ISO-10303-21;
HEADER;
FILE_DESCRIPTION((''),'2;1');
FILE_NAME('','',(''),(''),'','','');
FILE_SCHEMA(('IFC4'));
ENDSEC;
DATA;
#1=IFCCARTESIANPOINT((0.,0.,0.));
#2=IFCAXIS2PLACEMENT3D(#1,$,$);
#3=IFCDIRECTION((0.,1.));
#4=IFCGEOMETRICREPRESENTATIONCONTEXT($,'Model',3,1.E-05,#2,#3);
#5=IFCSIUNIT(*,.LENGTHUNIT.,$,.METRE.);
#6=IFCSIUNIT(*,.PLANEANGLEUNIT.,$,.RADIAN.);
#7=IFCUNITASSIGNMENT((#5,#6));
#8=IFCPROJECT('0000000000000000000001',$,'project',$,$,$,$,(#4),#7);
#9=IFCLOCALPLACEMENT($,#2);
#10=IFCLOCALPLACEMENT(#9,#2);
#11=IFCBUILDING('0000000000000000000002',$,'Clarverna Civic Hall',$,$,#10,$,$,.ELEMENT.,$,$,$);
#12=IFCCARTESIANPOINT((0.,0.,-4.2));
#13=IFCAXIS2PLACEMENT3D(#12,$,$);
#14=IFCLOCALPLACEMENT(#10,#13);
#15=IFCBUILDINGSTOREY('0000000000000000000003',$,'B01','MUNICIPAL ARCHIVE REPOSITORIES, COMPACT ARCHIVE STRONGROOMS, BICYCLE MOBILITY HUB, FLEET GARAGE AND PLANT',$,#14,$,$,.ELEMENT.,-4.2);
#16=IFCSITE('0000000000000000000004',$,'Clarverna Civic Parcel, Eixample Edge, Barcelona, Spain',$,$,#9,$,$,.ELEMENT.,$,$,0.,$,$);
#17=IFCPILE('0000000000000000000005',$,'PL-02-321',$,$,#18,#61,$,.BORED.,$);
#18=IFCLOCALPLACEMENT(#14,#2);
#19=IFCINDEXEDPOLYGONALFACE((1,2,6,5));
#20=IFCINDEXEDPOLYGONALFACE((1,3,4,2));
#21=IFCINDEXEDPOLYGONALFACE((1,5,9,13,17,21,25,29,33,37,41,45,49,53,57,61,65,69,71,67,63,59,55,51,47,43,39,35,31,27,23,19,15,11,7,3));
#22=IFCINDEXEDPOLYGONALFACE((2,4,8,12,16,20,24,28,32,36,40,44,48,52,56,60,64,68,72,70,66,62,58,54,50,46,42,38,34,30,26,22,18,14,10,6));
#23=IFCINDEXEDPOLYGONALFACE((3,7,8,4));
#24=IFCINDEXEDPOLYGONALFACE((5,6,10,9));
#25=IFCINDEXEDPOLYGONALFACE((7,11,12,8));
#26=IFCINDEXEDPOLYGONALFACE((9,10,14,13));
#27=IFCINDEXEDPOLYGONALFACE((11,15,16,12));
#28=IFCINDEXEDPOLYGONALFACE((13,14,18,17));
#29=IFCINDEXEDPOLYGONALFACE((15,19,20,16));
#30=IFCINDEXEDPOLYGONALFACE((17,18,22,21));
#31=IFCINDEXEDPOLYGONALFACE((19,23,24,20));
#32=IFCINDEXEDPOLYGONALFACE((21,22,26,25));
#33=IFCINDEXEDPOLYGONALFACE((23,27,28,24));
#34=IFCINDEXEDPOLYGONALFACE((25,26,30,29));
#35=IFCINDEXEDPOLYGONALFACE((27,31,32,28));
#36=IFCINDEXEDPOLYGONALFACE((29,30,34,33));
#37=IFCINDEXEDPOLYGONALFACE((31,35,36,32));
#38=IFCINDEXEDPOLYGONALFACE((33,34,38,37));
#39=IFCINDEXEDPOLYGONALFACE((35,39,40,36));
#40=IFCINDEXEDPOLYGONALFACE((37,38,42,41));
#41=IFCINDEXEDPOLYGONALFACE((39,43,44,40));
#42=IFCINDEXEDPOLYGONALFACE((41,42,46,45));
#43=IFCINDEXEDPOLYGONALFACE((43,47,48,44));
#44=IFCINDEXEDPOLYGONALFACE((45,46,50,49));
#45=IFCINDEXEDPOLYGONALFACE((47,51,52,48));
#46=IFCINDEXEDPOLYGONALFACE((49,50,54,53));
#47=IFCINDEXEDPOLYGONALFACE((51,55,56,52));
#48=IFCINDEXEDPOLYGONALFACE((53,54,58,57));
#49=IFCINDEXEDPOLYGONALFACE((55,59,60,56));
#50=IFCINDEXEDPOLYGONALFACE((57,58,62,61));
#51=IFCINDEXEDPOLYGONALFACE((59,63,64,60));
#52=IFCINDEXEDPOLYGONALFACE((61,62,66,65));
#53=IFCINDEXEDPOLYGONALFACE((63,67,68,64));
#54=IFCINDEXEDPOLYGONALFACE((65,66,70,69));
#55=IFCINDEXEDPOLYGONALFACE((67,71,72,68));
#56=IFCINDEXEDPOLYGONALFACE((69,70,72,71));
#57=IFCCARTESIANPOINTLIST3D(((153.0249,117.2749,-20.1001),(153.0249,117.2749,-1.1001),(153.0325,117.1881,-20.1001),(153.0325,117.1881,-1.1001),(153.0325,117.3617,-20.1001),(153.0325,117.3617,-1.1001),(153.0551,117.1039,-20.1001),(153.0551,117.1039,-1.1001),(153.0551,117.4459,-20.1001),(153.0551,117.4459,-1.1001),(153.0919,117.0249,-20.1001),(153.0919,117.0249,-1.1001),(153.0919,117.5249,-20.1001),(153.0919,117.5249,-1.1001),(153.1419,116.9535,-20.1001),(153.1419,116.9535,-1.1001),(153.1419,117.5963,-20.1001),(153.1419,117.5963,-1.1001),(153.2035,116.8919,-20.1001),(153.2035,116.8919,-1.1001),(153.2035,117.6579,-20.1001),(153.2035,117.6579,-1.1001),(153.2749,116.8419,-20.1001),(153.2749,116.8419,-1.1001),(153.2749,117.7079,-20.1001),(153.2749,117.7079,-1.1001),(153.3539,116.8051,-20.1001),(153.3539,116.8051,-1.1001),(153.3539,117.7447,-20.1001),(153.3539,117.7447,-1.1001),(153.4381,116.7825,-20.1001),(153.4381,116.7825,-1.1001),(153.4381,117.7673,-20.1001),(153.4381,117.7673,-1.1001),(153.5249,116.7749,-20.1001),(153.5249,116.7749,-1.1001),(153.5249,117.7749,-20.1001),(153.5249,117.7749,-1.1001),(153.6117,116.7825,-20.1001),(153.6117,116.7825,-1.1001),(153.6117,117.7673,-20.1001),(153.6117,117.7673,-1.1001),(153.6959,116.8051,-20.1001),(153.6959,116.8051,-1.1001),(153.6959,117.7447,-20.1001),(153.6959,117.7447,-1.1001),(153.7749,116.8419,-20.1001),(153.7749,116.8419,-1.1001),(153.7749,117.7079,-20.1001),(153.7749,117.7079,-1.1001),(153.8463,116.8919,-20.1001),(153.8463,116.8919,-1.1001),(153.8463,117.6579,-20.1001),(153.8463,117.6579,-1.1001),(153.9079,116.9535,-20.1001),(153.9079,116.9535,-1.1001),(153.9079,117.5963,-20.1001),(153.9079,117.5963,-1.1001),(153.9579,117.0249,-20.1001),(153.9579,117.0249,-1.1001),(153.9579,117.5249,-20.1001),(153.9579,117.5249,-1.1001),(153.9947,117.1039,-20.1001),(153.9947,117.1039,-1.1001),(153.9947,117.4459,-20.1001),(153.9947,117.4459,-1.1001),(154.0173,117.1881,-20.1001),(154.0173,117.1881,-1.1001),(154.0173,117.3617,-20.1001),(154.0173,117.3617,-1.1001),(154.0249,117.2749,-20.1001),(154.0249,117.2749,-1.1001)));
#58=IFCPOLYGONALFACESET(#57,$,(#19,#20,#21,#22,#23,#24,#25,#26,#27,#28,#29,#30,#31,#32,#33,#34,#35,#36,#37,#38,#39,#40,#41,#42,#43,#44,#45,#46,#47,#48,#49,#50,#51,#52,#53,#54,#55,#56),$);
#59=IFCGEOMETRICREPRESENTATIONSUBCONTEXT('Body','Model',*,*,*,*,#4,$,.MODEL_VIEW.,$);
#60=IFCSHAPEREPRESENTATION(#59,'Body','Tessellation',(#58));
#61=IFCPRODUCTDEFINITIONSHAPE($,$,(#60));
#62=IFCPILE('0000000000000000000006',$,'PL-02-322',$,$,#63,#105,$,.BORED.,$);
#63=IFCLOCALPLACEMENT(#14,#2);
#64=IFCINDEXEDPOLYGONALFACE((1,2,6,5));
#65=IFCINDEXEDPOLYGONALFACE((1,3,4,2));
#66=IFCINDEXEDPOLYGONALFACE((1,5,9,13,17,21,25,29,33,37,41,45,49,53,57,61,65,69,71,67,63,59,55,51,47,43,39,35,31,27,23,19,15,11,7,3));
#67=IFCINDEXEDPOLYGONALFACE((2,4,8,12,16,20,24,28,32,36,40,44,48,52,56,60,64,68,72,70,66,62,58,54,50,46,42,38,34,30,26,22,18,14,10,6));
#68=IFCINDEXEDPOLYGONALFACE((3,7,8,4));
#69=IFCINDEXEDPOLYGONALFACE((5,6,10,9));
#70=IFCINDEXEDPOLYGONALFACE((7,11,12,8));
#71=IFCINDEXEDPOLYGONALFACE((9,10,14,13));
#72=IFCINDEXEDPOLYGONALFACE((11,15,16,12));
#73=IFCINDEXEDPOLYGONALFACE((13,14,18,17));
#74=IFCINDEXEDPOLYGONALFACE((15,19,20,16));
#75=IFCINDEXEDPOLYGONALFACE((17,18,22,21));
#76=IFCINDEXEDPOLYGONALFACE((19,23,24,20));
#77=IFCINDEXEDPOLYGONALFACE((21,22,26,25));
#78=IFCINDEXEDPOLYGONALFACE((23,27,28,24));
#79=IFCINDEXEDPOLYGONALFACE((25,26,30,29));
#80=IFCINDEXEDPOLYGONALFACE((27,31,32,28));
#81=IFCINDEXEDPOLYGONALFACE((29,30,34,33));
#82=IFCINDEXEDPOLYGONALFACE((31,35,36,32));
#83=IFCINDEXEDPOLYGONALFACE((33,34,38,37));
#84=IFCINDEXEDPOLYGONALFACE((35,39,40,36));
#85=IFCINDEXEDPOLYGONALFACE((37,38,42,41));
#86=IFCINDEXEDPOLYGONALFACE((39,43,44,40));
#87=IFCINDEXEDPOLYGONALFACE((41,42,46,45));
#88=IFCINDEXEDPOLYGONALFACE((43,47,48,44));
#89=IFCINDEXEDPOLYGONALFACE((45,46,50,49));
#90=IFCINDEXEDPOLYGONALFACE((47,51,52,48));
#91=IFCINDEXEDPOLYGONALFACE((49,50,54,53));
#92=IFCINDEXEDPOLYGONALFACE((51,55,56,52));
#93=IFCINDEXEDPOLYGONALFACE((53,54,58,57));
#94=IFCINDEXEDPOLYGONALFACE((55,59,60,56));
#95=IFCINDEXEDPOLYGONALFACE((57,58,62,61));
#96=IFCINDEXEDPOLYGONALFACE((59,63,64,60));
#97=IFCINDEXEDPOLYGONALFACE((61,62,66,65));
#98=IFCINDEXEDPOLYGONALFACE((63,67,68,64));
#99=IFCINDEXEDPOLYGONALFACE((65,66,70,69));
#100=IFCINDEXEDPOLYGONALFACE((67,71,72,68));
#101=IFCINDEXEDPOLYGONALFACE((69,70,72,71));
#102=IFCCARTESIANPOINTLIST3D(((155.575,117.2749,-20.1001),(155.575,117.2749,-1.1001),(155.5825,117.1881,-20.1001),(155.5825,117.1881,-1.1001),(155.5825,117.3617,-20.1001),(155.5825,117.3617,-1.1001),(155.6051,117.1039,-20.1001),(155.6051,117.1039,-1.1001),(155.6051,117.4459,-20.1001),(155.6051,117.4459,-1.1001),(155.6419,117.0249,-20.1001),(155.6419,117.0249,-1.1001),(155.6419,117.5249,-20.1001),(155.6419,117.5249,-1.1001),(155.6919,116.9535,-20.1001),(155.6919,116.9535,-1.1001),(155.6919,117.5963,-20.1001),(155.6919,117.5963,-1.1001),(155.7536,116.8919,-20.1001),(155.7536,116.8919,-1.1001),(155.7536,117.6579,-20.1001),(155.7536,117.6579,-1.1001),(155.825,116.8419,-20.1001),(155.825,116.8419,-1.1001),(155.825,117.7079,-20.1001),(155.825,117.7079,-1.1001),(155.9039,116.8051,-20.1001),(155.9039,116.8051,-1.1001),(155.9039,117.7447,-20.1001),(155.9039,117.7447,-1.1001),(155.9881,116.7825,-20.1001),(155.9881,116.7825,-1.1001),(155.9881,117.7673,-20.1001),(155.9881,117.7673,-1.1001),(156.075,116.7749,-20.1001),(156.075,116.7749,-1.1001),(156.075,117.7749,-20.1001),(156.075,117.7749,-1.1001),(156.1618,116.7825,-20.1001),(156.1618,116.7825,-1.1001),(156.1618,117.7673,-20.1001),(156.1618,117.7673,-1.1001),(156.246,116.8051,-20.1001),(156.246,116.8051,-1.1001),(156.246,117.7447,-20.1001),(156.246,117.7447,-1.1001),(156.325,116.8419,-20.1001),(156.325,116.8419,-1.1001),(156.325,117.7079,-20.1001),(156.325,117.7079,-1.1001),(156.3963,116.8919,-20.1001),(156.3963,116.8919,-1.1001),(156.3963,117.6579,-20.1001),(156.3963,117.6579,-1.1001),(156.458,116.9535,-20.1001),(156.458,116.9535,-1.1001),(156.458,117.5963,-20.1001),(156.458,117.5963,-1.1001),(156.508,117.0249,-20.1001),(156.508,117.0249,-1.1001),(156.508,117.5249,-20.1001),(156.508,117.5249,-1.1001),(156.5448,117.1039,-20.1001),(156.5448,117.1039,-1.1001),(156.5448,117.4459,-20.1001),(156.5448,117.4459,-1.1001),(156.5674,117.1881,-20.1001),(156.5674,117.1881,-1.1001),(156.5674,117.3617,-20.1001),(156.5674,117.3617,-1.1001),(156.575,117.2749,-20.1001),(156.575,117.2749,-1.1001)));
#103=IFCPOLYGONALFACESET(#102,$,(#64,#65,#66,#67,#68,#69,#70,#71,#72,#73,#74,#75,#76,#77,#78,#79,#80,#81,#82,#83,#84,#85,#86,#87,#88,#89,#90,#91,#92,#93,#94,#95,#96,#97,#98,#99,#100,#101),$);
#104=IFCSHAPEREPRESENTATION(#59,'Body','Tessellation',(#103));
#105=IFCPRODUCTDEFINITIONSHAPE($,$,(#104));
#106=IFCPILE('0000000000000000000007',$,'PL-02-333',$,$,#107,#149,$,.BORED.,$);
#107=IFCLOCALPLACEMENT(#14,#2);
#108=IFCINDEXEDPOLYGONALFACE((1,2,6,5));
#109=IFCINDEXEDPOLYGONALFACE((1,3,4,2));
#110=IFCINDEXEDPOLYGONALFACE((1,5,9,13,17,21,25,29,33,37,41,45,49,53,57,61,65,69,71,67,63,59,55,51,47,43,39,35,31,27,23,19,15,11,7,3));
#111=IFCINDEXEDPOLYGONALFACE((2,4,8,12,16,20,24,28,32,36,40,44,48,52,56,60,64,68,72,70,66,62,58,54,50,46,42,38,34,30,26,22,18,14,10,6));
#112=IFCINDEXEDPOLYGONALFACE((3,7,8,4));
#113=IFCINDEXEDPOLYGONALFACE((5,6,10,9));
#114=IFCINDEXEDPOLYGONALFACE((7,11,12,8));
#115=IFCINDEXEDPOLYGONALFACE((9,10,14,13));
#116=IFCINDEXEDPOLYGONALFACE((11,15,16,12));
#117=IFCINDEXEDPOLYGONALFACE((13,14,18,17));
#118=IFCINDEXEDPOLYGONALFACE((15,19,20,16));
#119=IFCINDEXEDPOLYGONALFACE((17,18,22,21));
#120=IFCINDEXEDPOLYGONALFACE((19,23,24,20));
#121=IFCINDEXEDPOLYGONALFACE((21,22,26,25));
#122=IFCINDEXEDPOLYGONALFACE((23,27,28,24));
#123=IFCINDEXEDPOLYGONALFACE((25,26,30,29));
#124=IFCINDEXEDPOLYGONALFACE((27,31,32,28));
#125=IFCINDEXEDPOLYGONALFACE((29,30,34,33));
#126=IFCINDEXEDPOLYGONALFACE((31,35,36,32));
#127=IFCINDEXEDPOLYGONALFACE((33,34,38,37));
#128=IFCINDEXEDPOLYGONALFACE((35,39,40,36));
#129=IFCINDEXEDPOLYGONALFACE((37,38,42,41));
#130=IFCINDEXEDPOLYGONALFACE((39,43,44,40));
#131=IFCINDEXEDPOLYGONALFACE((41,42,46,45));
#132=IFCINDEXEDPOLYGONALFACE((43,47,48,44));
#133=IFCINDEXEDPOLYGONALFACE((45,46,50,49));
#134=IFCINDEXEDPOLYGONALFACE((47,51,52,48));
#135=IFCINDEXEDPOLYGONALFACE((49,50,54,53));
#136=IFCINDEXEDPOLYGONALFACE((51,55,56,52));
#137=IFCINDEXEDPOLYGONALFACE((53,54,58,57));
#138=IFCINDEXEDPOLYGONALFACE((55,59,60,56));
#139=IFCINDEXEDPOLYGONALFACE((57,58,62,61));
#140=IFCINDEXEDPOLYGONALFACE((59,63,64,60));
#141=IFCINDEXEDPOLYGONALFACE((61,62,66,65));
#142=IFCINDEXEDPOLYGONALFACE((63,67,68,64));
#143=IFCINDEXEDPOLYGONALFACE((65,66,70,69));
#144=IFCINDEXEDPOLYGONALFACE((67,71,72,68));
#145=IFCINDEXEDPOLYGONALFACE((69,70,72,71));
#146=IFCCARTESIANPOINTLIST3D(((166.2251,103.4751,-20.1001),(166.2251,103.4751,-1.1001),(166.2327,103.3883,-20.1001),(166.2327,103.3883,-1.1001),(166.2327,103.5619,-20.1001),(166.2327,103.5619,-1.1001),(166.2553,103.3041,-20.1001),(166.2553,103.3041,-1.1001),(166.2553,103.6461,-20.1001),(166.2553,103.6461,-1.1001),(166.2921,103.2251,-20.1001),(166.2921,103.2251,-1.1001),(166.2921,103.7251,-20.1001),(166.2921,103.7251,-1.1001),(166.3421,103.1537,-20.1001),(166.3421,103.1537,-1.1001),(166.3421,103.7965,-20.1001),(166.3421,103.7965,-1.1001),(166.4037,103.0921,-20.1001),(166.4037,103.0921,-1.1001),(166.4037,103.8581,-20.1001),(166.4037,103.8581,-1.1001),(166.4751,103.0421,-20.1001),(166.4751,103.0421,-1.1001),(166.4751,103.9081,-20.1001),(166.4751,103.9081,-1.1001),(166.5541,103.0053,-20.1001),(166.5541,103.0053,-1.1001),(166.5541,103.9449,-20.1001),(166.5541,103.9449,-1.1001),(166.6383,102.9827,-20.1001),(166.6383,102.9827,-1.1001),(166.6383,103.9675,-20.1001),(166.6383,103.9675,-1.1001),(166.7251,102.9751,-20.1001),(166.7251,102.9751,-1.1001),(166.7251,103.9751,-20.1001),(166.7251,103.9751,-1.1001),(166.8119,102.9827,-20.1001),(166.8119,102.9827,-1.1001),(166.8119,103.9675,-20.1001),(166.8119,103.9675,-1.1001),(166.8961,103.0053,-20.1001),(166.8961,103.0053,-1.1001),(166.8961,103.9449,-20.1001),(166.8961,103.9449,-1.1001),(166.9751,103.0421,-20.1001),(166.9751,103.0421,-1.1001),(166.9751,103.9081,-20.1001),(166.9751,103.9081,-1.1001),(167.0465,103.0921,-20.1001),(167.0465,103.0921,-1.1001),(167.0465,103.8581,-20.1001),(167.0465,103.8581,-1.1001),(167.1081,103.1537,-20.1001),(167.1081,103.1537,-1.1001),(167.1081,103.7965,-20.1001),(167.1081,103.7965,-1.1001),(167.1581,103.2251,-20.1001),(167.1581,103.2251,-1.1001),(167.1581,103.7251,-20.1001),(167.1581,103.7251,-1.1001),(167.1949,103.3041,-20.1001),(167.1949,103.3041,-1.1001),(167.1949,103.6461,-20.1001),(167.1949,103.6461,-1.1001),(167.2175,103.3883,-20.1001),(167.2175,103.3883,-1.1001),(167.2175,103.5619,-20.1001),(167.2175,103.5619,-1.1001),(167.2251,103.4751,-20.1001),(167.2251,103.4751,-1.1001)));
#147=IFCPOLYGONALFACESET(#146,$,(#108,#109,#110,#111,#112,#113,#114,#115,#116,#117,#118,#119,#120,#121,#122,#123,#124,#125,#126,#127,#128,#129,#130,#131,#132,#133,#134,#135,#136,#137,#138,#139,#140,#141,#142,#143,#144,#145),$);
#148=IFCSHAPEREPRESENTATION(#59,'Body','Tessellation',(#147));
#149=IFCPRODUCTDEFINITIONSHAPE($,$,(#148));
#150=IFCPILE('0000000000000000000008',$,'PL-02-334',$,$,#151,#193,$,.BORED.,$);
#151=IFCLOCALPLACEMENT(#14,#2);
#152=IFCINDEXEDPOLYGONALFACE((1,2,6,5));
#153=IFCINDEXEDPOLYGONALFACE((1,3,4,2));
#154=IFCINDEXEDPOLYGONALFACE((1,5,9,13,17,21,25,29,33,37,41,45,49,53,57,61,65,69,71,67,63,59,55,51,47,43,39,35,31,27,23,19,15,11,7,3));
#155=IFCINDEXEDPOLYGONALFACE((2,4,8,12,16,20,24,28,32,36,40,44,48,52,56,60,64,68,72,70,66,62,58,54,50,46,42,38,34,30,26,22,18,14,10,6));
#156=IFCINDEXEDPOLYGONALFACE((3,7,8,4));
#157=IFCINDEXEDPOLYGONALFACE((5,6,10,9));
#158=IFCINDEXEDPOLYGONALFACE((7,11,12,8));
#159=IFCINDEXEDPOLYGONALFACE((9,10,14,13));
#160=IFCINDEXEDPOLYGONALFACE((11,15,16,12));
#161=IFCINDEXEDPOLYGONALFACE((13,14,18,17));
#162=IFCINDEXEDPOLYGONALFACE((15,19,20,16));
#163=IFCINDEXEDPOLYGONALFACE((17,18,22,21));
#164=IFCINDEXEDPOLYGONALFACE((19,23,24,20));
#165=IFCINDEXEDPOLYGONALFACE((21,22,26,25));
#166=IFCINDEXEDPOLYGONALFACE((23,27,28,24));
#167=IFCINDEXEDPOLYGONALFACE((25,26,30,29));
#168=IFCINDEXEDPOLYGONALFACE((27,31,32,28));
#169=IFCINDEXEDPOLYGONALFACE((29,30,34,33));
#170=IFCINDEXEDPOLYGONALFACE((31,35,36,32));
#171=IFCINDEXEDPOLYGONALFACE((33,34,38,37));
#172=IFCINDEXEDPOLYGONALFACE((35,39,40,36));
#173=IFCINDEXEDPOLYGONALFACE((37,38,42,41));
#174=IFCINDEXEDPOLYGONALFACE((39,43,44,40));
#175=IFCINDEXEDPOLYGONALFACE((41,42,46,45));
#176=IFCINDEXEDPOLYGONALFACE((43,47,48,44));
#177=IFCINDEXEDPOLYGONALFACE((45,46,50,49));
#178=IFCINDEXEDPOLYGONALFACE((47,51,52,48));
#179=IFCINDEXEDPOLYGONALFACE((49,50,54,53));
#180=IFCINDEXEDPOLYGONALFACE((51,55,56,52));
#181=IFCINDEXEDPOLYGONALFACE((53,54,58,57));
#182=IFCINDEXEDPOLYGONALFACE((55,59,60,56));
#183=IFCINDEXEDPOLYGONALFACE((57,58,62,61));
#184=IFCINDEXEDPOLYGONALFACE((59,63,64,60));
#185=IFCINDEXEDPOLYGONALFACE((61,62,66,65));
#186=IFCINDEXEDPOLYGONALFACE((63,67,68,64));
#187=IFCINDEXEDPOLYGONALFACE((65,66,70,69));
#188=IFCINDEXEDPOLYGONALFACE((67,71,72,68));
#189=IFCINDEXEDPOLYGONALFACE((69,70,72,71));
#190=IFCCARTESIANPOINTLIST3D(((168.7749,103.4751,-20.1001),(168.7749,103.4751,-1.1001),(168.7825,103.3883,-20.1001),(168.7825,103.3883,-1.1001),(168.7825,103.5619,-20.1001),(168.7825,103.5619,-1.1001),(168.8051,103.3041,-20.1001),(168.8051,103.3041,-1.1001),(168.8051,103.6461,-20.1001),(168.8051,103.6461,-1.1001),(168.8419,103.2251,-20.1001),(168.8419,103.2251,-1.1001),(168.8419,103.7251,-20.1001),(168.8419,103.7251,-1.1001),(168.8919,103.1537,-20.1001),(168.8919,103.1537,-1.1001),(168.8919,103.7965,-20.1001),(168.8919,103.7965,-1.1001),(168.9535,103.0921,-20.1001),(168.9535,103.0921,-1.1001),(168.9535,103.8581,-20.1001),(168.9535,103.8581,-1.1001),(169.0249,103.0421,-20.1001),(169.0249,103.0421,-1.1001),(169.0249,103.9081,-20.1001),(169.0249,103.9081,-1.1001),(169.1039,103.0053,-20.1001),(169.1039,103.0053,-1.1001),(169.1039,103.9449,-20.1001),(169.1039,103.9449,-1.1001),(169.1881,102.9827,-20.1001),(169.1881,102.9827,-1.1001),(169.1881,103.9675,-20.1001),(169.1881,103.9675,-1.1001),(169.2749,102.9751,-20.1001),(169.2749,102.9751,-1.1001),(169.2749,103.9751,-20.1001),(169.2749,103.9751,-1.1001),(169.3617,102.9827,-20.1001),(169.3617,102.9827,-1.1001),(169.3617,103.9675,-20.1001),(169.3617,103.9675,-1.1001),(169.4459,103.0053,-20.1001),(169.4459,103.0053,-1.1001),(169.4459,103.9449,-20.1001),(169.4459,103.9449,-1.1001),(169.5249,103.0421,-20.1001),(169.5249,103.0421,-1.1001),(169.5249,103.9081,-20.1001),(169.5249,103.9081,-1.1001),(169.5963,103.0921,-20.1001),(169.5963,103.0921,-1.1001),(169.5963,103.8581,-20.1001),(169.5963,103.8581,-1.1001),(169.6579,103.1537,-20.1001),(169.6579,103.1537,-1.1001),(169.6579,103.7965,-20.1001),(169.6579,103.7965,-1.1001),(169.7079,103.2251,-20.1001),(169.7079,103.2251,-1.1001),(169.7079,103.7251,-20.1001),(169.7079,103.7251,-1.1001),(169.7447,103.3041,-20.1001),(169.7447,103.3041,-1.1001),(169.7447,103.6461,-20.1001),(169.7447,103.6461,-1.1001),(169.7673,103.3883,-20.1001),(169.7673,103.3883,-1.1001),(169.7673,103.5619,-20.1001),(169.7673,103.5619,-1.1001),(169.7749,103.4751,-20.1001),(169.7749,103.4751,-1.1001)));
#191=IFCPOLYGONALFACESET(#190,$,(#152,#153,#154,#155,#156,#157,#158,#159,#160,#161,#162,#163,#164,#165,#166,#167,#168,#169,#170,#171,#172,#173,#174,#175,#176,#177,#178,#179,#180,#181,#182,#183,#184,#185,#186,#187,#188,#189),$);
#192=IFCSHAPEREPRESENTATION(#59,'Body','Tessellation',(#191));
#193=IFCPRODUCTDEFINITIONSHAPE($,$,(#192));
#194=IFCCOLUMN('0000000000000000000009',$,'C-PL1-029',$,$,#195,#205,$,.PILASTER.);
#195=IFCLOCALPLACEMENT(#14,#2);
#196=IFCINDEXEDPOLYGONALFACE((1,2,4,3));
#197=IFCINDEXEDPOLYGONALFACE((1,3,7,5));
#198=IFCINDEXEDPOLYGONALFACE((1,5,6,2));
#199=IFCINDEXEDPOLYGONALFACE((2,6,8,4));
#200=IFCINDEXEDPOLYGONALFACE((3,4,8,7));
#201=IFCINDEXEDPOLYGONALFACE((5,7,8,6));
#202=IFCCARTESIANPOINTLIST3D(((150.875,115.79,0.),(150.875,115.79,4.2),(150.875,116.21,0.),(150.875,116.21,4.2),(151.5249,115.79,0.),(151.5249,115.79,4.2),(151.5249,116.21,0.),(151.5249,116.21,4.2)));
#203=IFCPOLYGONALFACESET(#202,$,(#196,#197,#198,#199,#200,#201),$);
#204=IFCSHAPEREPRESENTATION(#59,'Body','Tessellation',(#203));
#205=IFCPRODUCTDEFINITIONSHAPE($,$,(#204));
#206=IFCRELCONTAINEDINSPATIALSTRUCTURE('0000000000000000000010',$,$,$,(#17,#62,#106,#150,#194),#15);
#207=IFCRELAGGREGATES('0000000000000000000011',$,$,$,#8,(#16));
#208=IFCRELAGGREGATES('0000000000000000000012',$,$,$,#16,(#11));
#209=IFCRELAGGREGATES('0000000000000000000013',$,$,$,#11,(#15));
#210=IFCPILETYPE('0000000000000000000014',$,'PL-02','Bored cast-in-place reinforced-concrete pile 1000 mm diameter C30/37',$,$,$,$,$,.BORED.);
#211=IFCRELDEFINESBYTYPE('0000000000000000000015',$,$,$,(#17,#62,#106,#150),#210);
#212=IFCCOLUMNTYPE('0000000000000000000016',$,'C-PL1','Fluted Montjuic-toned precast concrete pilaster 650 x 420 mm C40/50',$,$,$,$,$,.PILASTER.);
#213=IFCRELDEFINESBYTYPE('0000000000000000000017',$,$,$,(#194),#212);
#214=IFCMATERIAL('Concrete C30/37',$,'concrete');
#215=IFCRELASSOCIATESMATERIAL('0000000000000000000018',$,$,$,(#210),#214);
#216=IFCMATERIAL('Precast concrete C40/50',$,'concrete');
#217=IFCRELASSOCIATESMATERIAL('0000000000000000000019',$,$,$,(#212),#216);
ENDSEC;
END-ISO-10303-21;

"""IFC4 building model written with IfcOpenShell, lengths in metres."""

from ifc_helpers import new_model, si_unit, direction, frame, origin, origin_2d, place, context, subcontext, project, spatial, rectangle, circle, extrude, material, material_profile, profile_set, type_object, element, save


model = new_model("IFC4")

# Units and contexts
model_context = context("Model", 3, precision=1e-05, world=origin(), true_north=direction((0.0, 1.0)))
body_context = subcontext(model_context, "Body", "Model", "MODEL_VIEW")
ifc_project = project(units=[si_unit("LENGTHUNIT", "METRE"), si_unit("PLANEANGLEUNIT", "RADIAN")], contexts=[model_context])

# Site, building, storey
site_placement = place(None, origin())
site = spatial("IfcSite", under=ifc_project, at=site_placement, Name="Clarverna Civic Parcel, Eixample Edge, Barcelona, Spain", CompositionType="ELEMENT", RefElevation=0.0)
building_placement = place(site_placement, origin())
building = spatial("IfcBuilding", under=site, at=building_placement, Name="Clarverna Civic Hall", CompositionType="ELEMENT")
storey_placement = place(building_placement, frame((0.0, 0.0, -4.2)))
storey = spatial("IfcBuildingStorey", under=building, at=storey_placement, Name="B01", Description="MUNICIPAL ARCHIVE REPOSITORIES, COMPACT ARCHIVE STRONGROOMS, BICYCLE MOBILITY HUB, FLEET GARAGE AND PLANT", CompositionType="ELEMENT", Elevation=-4.2)

# Shared definitions
ifc_material_1 = material(Name="Concrete C30/37", Category="concrete")

# Piles
ifc_material_profile_1 = material_profile(ifc_material_1, circle(Radius=0.5, at=origin_2d()), Name="BORED PILE D1000")
ifc_profile_set_1 = profile_set([ifc_material_profile_1], Name="Concrete C30/37")
pile_type_1 = type_object("IfcPileType", Name="PL-02", Description="Bored cast-in-place reinforced-concrete pile 1000 mm diameter C30/37", PredefinedType="BORED", material=ifc_profile_set_1)
for number, where, z_axis, x_axis, name in (
    (1, (153.5249, 117.2749, -1.1001), (0.0, 0.0, -1.0), (1.0, 0.0, 0.0), "PL-02-321"),
    (2, (156.075, 117.2749, -1.1001), (0.0, 0.0, -1.0), (1.0, 0.0, 0.0), "PL-02-322"),
    (3, (166.7251, 103.4751, -1.1001), (0.0, 0.0, -1.0), (1.0, 0.0, 0.0), "PL-02-333"),
    (4, (169.2749, 103.4751, -1.1001), (0.0, 0.0, -1.0), (1.0, 0.0, 0.0), "PL-02-334"),
):
    element("IfcPile", number, at=place(storey_placement, frame(where, z_axis=z_axis, x_axis=x_axis)), inside=storey, type_object=pile_type_1, Name=name, PredefinedType="BORED", context=body_context, shape_type="SweptSolid", body=[
        extrude(circle(Radius=0.5, at=origin_2d()), origin(), (0.0, 0.0, 1.0), 19.0),
    ])

# Column
ifc_material_2 = material(Name="Precast concrete C40/50", Category="concrete")
ifc_material_profile_2 = material_profile(ifc_material_2, rectangle(XDim=0.6499, YDim=0.4199, at=origin_2d()), Name="PILASTER 650x420")
ifc_profile_set_2 = profile_set([ifc_material_profile_2], Name="Precast concrete C40/50")
column_type_1 = type_object("IfcColumnType", Name="C-PL1", Description="Fluted Montjuic-toned precast concrete pilaster 650 x 420 mm C40/50", PredefinedType="PILASTER", material=ifc_profile_set_2)
column_1_placement = place(storey_placement, frame((151.2, 116.0, 0.0), z_axis=(0.0, 0.0, 1.0), x_axis=(1.0, 0.0, 0.0)))
element("IfcColumn", 5, at=column_1_placement, inside=storey, type_object=column_type_1, Name="C-PL1-029", PredefinedType="PILASTER", context=body_context, shape_type="SweptSolid", body=[
    extrude(rectangle(XDim=0.6499, YDim=0.4199, at=origin_2d()), origin(), (0.0, 0.0, 1.0), 4.2),
])

save(model, "model.ifc")
